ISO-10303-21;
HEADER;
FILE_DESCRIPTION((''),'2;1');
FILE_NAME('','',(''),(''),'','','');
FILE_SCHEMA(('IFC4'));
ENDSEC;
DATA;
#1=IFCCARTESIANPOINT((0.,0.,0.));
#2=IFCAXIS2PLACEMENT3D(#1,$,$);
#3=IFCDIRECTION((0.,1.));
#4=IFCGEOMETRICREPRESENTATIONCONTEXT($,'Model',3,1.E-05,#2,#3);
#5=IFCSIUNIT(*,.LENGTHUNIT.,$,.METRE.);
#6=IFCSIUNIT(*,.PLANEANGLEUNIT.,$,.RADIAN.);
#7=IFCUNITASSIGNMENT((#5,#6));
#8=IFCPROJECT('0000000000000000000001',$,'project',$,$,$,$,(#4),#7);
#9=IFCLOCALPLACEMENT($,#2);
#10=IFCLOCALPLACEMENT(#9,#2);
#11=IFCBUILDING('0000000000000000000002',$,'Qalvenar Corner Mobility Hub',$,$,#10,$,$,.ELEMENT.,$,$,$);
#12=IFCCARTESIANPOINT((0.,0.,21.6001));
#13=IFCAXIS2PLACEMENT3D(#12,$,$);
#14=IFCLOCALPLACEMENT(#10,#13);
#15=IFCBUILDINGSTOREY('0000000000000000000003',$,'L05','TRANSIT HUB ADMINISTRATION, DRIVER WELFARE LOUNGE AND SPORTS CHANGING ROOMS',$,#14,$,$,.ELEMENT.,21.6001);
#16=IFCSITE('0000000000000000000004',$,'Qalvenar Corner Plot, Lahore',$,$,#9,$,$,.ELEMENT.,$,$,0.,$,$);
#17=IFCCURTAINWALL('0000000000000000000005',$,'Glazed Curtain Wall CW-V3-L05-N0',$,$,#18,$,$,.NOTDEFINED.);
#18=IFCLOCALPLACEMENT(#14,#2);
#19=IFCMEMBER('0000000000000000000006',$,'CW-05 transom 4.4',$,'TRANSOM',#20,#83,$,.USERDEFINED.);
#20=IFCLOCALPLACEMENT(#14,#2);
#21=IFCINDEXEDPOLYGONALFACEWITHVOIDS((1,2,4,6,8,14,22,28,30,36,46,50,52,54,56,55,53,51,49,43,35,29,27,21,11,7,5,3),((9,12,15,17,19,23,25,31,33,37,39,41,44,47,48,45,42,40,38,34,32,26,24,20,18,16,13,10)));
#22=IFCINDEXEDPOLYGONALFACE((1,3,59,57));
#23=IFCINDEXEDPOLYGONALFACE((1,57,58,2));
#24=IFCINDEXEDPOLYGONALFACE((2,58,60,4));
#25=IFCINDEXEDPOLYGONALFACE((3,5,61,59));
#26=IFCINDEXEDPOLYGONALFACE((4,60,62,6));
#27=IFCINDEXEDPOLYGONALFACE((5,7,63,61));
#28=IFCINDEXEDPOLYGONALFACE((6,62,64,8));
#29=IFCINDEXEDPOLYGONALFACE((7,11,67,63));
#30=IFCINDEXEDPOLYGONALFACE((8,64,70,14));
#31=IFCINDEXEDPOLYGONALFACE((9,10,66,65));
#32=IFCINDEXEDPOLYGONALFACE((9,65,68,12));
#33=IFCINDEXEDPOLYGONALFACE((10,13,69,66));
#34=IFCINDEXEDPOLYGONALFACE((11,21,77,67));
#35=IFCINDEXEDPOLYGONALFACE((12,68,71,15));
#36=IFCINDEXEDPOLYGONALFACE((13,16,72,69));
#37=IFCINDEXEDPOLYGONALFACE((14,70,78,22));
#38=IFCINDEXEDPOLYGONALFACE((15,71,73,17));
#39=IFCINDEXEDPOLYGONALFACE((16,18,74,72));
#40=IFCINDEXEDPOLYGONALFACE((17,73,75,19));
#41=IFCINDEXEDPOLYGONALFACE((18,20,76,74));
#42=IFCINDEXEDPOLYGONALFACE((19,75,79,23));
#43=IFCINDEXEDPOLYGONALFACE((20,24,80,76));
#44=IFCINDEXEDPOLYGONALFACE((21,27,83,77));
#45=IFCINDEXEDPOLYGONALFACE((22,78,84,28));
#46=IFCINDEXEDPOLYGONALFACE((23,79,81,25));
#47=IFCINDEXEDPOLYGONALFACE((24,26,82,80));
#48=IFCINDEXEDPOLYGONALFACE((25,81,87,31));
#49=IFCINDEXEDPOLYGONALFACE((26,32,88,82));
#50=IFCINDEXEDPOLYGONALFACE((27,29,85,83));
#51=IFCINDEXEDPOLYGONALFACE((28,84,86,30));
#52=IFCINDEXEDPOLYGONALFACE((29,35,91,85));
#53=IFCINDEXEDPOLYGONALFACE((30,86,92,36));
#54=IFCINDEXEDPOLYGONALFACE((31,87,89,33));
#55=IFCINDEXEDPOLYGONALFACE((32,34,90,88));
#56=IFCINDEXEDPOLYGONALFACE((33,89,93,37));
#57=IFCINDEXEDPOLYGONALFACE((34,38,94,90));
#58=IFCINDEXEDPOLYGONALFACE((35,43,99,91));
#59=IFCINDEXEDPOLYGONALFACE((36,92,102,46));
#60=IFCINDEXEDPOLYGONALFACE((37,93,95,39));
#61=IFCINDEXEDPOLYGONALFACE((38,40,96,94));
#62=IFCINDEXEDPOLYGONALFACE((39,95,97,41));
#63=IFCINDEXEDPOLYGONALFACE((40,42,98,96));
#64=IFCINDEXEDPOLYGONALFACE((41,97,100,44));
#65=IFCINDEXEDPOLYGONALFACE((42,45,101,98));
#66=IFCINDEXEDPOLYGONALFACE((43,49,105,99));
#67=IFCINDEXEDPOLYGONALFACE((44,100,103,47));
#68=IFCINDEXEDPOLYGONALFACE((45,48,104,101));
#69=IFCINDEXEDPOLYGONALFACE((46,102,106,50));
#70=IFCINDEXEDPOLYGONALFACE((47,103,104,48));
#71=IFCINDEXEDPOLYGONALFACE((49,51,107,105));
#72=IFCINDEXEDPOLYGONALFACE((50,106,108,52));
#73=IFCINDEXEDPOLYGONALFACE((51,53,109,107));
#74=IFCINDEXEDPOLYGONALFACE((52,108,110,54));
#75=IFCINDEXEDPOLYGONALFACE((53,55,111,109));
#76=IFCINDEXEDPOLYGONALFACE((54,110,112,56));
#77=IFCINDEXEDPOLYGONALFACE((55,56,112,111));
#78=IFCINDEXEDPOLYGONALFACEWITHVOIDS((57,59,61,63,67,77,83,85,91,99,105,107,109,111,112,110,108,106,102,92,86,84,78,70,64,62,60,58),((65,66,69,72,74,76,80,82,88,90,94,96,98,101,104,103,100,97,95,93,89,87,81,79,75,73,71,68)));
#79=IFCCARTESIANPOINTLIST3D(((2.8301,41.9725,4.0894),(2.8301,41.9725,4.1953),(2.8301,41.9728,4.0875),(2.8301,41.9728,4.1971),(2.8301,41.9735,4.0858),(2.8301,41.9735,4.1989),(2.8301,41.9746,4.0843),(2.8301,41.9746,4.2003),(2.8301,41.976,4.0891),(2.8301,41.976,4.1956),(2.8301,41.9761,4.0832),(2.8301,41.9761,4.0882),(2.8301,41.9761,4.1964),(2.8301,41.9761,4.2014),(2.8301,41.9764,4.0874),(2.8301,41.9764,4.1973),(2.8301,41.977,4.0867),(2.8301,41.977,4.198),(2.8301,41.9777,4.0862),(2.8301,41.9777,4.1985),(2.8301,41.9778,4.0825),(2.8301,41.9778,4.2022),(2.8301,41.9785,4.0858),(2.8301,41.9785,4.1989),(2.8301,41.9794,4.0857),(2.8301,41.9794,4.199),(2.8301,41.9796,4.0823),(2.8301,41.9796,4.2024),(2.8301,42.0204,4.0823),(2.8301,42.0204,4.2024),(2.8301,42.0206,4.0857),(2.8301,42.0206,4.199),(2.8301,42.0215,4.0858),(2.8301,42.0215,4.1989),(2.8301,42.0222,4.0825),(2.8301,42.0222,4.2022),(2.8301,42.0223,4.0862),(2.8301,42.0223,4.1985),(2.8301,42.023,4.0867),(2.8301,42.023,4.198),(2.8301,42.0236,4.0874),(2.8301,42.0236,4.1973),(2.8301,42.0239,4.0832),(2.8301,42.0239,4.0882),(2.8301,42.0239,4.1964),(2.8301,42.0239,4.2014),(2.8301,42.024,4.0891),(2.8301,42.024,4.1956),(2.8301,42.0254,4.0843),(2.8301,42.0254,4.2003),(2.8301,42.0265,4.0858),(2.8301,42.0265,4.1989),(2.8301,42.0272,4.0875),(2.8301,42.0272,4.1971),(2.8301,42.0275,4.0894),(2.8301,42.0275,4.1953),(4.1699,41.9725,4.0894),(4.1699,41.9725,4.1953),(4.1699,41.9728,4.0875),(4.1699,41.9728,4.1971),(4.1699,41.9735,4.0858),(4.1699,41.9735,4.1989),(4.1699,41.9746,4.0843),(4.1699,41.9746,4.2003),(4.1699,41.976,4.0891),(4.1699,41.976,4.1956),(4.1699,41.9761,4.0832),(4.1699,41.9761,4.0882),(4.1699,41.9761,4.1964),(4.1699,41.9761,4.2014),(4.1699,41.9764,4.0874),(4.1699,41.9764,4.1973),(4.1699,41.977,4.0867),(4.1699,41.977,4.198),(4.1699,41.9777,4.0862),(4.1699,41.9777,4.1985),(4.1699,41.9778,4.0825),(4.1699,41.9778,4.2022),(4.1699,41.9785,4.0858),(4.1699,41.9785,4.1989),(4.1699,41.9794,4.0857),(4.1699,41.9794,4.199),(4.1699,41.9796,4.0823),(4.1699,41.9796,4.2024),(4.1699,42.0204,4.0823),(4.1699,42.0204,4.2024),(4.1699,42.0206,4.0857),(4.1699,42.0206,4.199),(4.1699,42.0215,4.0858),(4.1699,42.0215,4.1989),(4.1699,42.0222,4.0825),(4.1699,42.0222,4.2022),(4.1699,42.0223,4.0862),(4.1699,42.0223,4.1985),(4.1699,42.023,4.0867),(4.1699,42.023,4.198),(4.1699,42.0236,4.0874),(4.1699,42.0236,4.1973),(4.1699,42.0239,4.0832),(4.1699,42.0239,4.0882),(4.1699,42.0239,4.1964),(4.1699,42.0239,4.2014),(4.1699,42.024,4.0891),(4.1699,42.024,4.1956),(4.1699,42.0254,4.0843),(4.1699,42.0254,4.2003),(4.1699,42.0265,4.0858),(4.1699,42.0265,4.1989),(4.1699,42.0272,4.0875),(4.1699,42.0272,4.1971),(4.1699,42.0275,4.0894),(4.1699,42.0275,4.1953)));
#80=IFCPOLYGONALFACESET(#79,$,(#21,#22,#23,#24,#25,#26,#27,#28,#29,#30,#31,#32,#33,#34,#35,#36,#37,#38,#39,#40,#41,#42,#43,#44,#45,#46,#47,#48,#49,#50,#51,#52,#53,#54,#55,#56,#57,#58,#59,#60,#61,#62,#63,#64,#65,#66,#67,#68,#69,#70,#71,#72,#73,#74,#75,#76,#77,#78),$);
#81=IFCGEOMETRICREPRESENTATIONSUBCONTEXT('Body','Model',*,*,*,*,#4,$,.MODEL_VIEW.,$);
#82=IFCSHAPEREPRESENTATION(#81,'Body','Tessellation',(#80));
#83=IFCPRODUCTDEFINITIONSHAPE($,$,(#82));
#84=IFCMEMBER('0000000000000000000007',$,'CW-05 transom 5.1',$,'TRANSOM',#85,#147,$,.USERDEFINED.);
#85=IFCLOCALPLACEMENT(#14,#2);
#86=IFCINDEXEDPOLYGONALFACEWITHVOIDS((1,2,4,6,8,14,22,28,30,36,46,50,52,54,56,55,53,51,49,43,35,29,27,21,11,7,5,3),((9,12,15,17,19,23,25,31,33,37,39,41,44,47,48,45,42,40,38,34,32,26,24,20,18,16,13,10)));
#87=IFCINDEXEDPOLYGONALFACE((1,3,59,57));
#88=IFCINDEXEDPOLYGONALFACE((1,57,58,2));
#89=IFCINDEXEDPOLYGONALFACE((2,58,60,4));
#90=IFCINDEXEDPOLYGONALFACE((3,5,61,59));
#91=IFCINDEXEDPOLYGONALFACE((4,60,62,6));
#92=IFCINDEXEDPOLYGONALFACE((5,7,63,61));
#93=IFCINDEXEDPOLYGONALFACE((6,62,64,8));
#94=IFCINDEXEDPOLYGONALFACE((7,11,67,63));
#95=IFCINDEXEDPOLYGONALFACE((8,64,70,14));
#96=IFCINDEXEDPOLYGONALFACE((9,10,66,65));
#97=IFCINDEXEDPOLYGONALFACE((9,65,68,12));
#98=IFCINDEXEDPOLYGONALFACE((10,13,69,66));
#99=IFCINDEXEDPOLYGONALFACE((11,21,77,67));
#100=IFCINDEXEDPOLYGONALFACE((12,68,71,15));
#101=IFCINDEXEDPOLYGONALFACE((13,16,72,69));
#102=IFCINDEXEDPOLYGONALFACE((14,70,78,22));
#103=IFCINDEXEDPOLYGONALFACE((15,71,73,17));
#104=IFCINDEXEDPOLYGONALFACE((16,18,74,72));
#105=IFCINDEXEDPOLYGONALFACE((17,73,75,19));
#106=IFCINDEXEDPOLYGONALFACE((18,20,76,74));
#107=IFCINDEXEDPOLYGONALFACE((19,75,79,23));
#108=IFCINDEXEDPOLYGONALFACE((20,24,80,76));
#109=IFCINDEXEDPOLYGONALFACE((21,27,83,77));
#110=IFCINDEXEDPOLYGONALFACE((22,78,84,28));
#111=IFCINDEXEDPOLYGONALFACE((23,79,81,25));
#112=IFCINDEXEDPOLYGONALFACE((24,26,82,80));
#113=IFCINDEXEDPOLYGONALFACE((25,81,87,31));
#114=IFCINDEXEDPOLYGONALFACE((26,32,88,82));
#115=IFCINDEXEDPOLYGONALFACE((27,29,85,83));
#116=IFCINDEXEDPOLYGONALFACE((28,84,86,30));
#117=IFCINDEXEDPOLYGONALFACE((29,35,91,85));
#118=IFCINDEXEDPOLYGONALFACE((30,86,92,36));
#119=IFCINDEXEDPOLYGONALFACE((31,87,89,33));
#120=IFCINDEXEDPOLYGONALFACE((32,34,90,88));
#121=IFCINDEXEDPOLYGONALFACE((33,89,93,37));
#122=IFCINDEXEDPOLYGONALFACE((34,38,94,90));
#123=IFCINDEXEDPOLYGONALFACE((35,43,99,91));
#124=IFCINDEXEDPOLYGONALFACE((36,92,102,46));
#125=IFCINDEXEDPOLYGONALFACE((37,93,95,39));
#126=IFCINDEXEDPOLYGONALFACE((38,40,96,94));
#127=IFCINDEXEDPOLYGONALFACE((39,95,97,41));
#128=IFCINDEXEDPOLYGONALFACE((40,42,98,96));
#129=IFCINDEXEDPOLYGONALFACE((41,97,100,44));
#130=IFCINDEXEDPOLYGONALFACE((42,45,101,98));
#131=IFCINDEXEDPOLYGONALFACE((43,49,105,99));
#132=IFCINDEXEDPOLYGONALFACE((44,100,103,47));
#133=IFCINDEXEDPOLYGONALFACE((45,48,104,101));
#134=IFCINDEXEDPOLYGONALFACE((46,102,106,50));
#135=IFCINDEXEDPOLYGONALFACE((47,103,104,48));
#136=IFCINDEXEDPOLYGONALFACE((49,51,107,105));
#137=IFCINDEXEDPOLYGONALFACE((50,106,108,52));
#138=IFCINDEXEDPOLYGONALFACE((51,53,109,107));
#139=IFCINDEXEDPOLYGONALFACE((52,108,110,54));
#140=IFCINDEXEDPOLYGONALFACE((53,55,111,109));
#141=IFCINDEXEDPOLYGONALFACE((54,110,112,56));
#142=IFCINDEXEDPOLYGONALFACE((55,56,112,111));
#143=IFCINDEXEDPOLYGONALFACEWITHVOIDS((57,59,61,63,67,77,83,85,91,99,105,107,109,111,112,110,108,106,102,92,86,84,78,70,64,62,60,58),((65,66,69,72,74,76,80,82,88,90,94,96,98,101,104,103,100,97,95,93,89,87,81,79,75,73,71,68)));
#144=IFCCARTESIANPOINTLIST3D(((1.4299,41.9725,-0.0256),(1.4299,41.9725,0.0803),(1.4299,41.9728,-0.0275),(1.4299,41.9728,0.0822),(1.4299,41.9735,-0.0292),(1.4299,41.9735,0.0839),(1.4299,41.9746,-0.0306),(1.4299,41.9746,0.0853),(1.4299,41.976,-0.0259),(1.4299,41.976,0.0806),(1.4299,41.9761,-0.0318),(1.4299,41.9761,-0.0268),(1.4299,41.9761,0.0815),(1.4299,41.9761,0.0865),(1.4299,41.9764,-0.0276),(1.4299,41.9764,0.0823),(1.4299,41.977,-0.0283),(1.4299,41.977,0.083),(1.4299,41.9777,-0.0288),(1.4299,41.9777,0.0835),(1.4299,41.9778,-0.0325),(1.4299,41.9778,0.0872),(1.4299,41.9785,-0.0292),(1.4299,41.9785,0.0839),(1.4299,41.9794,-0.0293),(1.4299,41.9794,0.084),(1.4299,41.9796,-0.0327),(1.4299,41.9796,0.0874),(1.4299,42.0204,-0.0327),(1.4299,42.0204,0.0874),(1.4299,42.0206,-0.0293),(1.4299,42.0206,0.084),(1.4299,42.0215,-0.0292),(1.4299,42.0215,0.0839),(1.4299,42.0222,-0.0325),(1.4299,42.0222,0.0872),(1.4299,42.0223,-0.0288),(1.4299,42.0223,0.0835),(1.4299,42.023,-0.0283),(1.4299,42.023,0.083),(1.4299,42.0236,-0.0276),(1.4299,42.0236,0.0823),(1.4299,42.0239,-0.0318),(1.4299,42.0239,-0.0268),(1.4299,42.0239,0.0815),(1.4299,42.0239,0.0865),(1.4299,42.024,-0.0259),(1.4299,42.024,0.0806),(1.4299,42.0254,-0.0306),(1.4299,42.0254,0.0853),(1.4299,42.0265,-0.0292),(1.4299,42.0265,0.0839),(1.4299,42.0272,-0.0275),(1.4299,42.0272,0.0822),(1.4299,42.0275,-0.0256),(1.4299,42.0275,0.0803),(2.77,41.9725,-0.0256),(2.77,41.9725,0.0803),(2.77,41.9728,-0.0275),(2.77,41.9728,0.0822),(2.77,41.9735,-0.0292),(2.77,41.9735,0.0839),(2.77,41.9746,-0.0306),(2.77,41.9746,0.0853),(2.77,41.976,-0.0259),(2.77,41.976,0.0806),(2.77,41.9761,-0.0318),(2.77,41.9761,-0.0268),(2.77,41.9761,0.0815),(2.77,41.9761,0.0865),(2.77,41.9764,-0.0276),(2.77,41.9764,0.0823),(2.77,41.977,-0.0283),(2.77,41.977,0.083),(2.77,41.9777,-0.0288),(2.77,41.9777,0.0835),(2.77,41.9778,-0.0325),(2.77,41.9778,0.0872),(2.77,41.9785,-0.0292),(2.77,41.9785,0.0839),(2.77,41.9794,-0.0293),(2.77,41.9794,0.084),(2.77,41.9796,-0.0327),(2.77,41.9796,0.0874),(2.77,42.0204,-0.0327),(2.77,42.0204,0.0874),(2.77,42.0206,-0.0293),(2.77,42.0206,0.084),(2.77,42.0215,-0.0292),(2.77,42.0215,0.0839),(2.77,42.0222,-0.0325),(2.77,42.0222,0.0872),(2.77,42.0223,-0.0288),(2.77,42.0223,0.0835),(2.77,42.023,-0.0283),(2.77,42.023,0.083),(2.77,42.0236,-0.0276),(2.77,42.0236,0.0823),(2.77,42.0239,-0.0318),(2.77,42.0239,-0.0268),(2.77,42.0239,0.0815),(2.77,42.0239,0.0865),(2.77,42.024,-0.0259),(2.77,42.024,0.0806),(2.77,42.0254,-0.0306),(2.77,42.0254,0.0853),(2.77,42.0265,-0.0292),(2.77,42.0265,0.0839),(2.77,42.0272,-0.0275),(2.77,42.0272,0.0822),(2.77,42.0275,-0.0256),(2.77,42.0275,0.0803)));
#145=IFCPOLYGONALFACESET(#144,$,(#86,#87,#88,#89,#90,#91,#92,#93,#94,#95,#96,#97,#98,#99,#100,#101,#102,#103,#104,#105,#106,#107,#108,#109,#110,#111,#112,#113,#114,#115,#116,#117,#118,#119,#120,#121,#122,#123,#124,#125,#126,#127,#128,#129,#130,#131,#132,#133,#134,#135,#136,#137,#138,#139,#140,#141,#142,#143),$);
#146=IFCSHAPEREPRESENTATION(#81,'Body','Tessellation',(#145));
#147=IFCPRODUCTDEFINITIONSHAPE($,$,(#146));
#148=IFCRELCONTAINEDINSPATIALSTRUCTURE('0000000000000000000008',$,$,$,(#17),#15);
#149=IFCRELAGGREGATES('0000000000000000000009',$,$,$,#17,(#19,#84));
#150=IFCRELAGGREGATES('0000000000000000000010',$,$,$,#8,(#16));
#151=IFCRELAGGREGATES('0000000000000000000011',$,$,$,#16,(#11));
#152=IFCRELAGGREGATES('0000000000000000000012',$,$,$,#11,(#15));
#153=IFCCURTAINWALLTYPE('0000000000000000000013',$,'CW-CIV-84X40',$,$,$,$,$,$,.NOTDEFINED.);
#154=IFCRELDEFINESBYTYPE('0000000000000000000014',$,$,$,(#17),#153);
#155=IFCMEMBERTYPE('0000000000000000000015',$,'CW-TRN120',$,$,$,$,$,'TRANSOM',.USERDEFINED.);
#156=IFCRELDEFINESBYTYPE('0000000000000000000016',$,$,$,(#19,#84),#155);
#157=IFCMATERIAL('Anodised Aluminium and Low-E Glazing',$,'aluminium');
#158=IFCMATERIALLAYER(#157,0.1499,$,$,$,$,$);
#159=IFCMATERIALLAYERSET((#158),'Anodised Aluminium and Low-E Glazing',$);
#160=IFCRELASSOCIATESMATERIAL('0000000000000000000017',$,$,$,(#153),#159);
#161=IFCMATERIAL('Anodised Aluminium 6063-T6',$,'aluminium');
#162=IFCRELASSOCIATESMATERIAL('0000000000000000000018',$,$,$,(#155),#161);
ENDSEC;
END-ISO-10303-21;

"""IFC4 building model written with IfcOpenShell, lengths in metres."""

from ifc_helpers import new_model, si_unit, direction, frame, origin, origin_2d, place, context, subcontext, project, spatial, hollow_rectangle, extrude, material, layer, layer_set, material_profile, profile_set, type_object, element, aggregate, save


model = new_model("IFC4")

# Units and contexts
model_context = context("Model", 3, precision=1e-05, world=origin(), true_north=direction((0.0, 1.0)))
body_context = subcontext(model_context, "Body", "Model", "MODEL_VIEW")
ifc_project = project(units=[si_unit("LENGTHUNIT", "METRE"), si_unit("PLANEANGLEUNIT", "RADIAN")], contexts=[model_context])

# Site, building, storey
site_placement = place(None, origin())
site = spatial("IfcSite", under=ifc_project, at=site_placement, Name="Qalvenar Corner Plot, Lahore", CompositionType="ELEMENT", RefElevation=0.0)
building_placement = place(site_placement, origin())
building = spatial("IfcBuilding", under=site, at=building_placement, Name="Qalvenar Corner Mobility Hub", CompositionType="ELEMENT")
storey_placement = place(building_placement, frame((0.0, 0.0, 21.6001)))
storey = spatial("IfcBuildingStorey", under=building, at=storey_placement, Name="L05", Description="TRANSIT HUB ADMINISTRATION, DRIVER WELFARE LOUNGE AND SPORTS CHANGING ROOMS", CompositionType="ELEMENT", Elevation=21.6001)

# Curtain wall, members
ifc_material_1 = material(Name="Anodised Aluminium and Low-E Glazing", Category="aluminium")
ifc_layer_1 = layer(ifc_material_1, 0.1499)
ifc_layer_set_1 = layer_set([ifc_layer_1], Name="Anodised Aluminium and Low-E Glazing")
curtain_wall_type = type_object("IfcCurtainWallType", Name="CW-CIV-84X40", PredefinedType="NOTDEFINED", material=ifc_layer_set_1)
curtain_wall_placement = place(storey_placement, origin())
curtain_wall = element("IfcCurtainWall", 1, at=curtain_wall_placement, inside=storey, type_object=curtain_wall_type, Name="Glazed Curtain Wall CW-V3-L05-N0", PredefinedType="NOTDEFINED")
ifc_material_2 = material(Name="Anodised Aluminium 6063-T6", Category="aluminium")
ifc_material_profile_1 = material_profile(ifc_material_2, hollow_rectangle(XDim=0.0549, YDim=0.1201, WallThickness=0.0034, InnerFilletRadius=0.0034, OuterFilletRadius=0.0071, at=origin_2d()), Name="RHS120x55x3.5")
ifc_profile_set_1 = profile_set([ifc_material_profile_1], Name="Anodised Aluminium 6063-T6")
member_type_1 = type_object("IfcMemberType", Name="CW-TRN120", ElementType="TRANSOM", PredefinedType="USERDEFINED", material=ifc_profile_set_1)
member_1_placement = place(storey_placement, frame((4.1699, 42.0, 4.1423), z_axis=(-1.0, 0.0, 0.0), x_axis=(0.0, -1.0, 0.0)))
member_1 = element("IfcMember", 2, at=member_1_placement, type_object=member_type_1, Name="CW-05 transom 4.4", ObjectType="TRANSOM", PredefinedType="USERDEFINED", context=body_context, shape_type="SweptSolid", body=[
    extrude(hollow_rectangle(XDim=0.0549, YDim=0.1201, WallThickness=0.0034, InnerFilletRadius=0.0034, OuterFilletRadius=0.0071, at=origin_2d()), origin(), (0.0, 0.0, 1.0), 1.3398),
])
member_2_placement = place(storey_placement, frame((2.77, 42.0, 0.0273), z_axis=(-1.0, 0.0, 0.0), x_axis=(0.0, -1.0, 0.0)))
member_2 = element("IfcMember", 3, at=member_2_placement, type_object=member_type_1, Name="CW-05 transom 5.1", ObjectType="TRANSOM", PredefinedType="USERDEFINED", context=body_context, shape_type="SweptSolid", body=[
    extrude(hollow_rectangle(XDim=0.0549, YDim=0.1201, WallThickness=0.0034, InnerFilletRadius=0.0034, OuterFilletRadius=0.0071, at=origin_2d()), origin(), (0.0, 0.0, 1.0), 1.3401),
])
aggregate(curtain_wall, [member_1, member_2])

save(model, "model.ifc")
